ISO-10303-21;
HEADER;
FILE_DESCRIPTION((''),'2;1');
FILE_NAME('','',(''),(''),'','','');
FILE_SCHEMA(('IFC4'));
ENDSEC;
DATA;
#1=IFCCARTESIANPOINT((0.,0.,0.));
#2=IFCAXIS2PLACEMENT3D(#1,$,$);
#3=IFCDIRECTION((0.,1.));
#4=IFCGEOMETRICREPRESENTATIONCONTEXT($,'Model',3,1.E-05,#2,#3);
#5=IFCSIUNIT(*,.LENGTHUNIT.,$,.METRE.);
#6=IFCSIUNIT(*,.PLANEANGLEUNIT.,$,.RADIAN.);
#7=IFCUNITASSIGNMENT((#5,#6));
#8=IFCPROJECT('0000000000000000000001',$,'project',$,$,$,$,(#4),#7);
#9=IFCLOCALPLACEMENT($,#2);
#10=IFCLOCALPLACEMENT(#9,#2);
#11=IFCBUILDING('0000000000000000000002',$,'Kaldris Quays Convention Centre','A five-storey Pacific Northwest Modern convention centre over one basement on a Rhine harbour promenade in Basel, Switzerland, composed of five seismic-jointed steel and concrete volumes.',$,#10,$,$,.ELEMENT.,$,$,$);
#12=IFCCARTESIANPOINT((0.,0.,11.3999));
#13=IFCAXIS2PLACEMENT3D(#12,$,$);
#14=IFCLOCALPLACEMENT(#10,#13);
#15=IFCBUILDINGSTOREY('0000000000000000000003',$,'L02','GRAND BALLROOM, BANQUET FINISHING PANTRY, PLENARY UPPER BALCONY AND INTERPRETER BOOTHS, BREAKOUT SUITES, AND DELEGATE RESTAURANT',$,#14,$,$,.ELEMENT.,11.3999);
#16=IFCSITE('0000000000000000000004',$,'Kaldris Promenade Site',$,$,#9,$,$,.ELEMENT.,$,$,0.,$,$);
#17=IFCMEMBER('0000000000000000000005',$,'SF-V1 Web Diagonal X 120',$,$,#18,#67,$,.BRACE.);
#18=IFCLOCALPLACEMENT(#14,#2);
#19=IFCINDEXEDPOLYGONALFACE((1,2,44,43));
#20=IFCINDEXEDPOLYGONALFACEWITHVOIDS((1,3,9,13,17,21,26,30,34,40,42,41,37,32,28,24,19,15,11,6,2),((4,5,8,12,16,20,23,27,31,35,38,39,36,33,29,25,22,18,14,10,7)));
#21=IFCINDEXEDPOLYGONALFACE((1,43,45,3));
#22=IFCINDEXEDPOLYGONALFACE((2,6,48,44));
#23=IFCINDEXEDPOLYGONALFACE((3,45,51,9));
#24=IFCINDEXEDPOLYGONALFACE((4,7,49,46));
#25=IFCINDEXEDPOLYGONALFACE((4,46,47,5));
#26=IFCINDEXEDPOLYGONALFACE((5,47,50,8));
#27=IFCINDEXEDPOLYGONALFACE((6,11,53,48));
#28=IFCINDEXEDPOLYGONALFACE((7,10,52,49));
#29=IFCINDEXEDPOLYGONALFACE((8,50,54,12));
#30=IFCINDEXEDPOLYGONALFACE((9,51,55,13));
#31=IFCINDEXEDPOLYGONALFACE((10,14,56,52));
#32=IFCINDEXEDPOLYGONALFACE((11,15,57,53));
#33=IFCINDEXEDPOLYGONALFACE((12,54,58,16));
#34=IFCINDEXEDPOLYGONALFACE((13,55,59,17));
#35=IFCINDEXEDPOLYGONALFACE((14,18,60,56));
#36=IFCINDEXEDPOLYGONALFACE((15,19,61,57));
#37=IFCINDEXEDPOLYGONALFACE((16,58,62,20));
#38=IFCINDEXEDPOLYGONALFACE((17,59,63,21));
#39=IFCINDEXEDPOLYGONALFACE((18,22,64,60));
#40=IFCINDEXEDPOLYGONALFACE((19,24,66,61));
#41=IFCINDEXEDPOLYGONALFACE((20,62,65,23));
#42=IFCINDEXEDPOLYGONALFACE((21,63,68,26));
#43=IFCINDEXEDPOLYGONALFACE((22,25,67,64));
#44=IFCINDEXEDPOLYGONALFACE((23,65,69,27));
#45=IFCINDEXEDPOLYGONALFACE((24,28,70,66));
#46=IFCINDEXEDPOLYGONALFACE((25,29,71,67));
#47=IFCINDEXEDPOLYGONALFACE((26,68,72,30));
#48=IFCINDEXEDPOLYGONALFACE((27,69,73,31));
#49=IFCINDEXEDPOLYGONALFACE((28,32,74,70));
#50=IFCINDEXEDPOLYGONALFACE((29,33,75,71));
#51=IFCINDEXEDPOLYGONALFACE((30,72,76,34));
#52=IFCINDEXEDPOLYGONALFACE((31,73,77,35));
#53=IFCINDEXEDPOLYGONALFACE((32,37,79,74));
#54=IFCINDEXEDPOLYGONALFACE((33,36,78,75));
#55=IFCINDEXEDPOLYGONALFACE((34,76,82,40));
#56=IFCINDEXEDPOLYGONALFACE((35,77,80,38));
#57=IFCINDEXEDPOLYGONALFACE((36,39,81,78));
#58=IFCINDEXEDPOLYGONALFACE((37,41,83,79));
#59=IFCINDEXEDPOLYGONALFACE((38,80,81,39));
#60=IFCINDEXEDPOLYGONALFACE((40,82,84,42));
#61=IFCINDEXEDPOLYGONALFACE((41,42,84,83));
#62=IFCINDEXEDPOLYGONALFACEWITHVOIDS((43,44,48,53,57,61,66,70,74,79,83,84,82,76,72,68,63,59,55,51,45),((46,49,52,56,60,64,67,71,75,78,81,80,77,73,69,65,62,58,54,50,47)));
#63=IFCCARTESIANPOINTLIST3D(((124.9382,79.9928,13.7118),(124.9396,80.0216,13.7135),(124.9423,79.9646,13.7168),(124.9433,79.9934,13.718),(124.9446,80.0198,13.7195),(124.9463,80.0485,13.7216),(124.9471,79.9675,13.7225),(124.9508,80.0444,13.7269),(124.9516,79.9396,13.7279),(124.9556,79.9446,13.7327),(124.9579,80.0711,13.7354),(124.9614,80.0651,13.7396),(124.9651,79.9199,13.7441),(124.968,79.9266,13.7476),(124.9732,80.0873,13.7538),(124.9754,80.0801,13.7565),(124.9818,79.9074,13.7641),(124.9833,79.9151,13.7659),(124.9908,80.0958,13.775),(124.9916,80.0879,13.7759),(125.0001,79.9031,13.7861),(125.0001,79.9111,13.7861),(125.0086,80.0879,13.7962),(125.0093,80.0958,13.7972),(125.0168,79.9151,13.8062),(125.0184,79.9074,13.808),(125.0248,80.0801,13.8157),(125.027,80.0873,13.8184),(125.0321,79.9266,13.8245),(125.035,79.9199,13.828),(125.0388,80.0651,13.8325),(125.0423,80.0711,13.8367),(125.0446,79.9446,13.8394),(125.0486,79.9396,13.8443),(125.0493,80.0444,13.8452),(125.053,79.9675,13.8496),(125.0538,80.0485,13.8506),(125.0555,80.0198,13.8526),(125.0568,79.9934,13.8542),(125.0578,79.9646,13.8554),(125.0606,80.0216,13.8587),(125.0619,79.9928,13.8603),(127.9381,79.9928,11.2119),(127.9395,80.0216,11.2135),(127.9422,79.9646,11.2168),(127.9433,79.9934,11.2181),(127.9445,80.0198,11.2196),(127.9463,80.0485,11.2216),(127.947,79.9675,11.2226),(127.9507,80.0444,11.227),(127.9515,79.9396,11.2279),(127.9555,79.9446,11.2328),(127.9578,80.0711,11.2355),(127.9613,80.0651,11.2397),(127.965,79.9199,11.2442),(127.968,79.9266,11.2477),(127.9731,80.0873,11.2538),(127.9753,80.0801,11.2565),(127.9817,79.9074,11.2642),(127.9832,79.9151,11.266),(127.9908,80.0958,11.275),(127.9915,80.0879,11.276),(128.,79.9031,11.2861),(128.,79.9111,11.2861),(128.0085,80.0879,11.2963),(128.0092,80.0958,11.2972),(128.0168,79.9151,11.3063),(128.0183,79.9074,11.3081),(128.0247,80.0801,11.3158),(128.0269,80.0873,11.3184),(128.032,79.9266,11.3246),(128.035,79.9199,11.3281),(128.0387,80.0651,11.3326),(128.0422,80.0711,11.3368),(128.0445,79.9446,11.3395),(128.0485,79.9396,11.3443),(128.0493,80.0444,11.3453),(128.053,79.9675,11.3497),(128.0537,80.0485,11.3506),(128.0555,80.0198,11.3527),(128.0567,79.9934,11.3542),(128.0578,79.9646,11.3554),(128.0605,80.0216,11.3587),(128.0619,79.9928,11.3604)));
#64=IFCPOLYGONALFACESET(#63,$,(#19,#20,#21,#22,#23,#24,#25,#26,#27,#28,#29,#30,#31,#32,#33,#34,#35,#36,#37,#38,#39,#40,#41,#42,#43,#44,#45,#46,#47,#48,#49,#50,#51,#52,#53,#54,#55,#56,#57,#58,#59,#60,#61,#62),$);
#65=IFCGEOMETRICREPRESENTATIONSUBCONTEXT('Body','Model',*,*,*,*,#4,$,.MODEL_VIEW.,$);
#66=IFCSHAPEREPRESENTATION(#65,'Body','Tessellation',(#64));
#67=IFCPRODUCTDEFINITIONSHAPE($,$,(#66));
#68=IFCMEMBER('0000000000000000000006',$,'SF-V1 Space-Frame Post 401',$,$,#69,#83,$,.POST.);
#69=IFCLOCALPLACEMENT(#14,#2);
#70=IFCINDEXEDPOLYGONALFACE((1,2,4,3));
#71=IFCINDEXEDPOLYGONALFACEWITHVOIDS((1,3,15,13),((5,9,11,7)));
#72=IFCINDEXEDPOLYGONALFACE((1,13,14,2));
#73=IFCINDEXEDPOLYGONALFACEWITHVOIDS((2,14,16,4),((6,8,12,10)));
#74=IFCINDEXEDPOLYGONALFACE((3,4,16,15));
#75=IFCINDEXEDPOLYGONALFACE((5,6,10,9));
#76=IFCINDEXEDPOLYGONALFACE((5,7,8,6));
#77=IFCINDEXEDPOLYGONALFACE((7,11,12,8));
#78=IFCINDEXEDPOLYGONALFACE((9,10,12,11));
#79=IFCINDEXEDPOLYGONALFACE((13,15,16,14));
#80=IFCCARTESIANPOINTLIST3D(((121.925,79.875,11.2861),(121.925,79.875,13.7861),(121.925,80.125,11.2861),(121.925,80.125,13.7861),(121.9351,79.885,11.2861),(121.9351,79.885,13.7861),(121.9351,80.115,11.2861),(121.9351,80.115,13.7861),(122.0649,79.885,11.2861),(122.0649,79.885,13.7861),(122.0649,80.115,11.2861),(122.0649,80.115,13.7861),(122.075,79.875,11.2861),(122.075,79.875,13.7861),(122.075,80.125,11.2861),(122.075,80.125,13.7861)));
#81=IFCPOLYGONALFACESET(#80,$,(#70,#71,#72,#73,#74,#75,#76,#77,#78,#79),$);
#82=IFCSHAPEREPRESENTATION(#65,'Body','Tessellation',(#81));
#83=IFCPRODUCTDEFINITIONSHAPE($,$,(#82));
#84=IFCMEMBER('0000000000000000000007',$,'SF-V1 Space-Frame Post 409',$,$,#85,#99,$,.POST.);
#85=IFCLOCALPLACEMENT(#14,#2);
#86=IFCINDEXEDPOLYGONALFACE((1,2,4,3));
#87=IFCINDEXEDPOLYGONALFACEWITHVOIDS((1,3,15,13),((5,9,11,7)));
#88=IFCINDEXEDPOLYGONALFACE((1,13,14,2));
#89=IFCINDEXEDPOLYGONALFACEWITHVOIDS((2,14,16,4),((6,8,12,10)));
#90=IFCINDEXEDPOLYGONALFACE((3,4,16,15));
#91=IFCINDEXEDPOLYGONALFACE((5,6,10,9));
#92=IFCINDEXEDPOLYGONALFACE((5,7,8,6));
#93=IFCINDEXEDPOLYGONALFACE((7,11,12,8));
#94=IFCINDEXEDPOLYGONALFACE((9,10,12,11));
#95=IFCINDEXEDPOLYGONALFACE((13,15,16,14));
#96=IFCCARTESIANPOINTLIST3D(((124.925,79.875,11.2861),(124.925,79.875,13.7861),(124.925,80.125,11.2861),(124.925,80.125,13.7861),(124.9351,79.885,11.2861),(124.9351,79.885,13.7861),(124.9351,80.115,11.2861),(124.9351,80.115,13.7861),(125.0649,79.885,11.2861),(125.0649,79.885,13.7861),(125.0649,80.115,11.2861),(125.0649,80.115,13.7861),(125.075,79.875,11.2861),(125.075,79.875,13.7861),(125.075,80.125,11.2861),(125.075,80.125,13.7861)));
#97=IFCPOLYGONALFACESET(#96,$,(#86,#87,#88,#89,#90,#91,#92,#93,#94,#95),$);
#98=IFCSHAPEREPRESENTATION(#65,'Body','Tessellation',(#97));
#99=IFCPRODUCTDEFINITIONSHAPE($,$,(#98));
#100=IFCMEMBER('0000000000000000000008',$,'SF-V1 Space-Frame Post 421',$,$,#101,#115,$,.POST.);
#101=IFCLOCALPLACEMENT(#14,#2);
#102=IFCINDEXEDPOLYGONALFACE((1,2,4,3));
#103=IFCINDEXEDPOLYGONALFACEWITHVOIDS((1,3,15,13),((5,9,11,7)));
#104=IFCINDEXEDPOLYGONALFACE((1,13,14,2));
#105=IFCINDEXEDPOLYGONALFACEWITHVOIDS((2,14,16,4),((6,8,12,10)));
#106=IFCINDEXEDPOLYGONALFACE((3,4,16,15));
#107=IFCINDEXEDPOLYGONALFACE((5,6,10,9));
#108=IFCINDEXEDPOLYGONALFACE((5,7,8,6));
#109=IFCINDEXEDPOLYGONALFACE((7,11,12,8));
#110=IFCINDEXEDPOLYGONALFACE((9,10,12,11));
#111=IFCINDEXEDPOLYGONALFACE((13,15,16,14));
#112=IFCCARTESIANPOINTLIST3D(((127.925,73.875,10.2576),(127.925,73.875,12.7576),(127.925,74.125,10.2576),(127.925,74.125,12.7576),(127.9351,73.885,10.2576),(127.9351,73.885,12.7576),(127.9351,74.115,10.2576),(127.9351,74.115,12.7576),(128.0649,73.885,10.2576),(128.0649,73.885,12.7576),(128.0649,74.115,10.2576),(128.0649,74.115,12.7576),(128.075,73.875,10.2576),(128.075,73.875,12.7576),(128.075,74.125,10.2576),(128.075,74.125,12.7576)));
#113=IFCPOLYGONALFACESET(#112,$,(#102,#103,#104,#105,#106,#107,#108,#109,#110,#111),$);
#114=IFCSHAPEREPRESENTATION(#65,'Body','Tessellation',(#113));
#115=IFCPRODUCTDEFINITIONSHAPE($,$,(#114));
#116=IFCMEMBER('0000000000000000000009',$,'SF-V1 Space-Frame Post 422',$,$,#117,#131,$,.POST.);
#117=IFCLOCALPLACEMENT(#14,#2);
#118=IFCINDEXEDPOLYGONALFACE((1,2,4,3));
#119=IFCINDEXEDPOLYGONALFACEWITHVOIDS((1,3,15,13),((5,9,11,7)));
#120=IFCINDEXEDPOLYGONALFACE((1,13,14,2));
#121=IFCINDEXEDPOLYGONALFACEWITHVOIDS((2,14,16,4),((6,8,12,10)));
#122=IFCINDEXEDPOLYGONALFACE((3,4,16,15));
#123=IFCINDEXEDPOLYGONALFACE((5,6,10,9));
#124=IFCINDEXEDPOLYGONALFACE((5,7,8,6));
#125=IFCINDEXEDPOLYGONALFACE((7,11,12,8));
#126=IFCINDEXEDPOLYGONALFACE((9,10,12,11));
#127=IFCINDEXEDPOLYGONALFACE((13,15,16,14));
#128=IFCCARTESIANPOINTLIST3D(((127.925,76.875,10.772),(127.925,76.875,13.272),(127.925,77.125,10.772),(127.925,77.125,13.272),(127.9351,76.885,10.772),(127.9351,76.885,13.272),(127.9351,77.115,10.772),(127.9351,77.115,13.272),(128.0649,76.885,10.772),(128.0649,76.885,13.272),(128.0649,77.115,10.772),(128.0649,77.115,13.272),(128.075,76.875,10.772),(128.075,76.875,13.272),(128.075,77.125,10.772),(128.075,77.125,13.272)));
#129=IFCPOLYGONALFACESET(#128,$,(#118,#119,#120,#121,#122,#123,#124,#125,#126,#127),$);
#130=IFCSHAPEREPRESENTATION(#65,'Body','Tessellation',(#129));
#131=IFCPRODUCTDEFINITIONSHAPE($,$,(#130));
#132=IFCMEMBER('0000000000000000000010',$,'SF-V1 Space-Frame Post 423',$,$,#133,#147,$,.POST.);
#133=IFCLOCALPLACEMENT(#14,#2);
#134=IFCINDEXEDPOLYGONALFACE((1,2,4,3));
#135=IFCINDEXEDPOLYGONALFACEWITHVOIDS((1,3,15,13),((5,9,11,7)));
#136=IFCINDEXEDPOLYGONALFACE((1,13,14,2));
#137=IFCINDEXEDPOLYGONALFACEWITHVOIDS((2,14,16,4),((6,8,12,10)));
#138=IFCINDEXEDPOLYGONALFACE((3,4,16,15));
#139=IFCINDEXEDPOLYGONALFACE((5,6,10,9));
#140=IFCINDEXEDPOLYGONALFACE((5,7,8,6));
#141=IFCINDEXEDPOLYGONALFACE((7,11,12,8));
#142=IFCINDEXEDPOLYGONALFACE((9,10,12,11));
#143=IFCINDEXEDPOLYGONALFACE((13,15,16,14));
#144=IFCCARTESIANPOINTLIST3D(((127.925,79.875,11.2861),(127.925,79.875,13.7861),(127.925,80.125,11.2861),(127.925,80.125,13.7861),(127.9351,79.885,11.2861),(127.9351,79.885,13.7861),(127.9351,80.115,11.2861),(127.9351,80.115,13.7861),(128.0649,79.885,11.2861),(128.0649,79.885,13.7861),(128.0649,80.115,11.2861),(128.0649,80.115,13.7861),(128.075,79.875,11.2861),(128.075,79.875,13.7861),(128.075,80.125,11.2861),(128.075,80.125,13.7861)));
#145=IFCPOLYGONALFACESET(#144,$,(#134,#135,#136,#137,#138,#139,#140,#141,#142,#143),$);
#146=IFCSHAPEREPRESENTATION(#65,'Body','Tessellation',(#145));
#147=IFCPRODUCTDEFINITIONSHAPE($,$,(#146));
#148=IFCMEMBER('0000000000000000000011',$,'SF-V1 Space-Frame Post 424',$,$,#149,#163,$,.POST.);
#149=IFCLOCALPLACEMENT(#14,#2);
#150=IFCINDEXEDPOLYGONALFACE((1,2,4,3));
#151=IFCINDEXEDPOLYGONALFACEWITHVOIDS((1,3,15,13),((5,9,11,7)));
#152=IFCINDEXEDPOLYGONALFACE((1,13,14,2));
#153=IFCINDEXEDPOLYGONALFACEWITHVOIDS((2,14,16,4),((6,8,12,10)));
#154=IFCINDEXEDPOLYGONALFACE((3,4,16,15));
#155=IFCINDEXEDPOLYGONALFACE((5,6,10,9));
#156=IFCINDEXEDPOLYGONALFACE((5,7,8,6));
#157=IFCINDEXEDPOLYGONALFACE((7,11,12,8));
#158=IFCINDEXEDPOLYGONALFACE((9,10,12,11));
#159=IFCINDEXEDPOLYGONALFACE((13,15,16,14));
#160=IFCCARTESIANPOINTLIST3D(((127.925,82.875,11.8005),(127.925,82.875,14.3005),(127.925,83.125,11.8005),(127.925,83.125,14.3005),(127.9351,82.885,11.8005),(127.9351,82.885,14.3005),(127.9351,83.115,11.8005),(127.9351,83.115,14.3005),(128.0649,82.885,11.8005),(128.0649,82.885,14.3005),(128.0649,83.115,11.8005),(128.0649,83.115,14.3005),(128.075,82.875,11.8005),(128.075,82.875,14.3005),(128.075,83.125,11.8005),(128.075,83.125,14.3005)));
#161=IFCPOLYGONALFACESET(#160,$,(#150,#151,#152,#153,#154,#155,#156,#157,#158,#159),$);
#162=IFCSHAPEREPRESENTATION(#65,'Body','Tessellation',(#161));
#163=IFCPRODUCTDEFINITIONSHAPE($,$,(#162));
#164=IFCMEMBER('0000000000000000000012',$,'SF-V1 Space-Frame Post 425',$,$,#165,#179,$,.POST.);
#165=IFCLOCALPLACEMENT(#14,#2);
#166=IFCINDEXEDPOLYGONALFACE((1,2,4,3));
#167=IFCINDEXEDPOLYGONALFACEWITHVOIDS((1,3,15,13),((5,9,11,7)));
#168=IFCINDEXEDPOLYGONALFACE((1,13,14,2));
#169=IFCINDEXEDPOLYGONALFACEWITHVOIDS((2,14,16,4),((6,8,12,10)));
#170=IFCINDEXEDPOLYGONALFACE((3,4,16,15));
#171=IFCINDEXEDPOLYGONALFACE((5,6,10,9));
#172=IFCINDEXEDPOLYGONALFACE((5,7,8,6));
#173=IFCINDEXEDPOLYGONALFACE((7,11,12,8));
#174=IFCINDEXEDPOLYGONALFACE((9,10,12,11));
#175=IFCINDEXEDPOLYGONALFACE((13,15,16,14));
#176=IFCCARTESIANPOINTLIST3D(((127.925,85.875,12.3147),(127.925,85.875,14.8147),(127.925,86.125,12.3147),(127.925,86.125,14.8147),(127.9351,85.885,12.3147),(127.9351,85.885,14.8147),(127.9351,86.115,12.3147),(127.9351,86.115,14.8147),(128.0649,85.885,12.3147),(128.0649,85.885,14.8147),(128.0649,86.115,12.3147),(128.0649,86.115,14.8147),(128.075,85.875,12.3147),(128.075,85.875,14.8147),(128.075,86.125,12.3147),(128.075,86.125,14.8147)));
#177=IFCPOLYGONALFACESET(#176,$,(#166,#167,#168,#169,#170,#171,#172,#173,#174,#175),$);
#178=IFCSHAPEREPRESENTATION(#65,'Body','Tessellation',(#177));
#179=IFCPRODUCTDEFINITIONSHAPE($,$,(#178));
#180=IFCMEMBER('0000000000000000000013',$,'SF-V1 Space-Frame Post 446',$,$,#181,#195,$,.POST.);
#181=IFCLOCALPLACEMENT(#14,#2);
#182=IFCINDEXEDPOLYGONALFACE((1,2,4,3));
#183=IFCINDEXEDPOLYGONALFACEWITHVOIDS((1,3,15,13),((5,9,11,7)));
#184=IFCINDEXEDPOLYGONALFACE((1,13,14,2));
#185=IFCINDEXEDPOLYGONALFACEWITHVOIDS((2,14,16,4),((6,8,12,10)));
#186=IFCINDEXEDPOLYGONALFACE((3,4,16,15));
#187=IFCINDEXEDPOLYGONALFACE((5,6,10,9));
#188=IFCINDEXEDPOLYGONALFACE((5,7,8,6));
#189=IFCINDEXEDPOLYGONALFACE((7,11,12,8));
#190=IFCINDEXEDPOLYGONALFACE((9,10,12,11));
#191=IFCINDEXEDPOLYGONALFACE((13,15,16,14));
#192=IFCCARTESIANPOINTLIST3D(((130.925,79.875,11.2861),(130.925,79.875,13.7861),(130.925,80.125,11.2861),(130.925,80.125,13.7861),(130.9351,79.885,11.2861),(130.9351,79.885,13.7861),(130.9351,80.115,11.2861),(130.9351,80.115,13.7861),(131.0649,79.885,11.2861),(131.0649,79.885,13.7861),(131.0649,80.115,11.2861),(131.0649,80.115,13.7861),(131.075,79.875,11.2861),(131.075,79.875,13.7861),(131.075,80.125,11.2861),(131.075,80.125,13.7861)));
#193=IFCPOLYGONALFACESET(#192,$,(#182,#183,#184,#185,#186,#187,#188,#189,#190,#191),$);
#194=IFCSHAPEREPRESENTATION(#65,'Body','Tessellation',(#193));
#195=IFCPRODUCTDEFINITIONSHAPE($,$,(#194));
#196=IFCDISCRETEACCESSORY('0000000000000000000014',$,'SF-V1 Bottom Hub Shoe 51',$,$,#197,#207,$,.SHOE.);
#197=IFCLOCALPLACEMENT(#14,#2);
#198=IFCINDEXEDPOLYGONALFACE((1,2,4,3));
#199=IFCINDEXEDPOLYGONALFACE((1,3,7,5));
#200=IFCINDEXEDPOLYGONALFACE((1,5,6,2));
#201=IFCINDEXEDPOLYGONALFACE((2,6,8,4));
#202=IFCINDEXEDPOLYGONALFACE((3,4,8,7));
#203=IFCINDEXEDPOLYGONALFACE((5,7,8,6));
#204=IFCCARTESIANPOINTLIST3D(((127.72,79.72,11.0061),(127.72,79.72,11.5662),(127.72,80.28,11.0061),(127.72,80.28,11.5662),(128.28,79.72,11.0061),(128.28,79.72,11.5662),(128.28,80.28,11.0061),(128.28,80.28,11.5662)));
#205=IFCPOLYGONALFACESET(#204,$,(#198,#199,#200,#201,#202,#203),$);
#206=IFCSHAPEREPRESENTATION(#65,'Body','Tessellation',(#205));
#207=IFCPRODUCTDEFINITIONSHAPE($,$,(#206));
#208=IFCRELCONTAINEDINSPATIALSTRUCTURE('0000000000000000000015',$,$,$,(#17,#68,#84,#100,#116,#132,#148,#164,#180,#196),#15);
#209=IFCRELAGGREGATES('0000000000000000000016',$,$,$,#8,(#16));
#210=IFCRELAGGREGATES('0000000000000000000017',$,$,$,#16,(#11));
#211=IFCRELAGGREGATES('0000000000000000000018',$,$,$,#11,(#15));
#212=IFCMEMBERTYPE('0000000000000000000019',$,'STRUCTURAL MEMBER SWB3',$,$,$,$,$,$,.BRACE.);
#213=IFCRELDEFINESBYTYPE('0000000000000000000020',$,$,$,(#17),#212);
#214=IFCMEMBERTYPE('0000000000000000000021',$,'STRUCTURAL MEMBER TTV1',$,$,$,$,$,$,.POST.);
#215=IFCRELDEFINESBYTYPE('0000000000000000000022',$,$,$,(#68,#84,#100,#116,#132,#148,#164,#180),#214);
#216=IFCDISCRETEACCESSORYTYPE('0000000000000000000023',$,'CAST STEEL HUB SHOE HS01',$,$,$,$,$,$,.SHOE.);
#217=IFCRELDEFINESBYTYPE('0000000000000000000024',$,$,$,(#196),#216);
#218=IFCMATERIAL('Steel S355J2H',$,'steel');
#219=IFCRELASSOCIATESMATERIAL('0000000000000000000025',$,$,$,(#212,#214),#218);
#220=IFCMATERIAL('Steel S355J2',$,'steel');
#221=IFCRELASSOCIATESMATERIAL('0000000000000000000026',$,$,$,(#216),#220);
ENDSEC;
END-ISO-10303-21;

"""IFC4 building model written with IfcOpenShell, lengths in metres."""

from ifc_helpers import new_model, si_unit, direction, frame, origin, origin_2d, place, context, subcontext, project, spatial, rectangle, hollow_rectangle, hollow_circle, extrude, material, material_profile, profile_set, type_object, element, save


model = new_model("IFC4")

# Units and contexts
model_context = context("Model", 3, precision=1e-05, world=origin(), true_north=direction((0.0, 1.0)))
body_context = subcontext(model_context, "Body", "Model", "MODEL_VIEW")
ifc_project = project(units=[si_unit("LENGTHUNIT", "METRE"), si_unit("PLANEANGLEUNIT", "RADIAN")], contexts=[model_context])

# Site, building, storey
site_placement = place(None, origin())
site = spatial("IfcSite", under=ifc_project, at=site_placement, Name="Kaldris Promenade Site", CompositionType="ELEMENT", RefElevation=0.0)
building_placement = place(site_placement, origin())
building = spatial("IfcBuilding", under=site, at=building_placement, Name="Kaldris Quays Convention Centre", Description="A five-storey Pacific Northwest Modern convention centre over one basement on a Rhine harbour promenade in Basel, Switzerland, composed of five seismic-jointed steel and concrete volumes.", CompositionType="ELEMENT")
storey_placement = place(building_placement, frame((0.0, 0.0, 11.3999)))
storey = spatial("IfcBuildingStorey", under=building, at=storey_placement, Name="L02", Description="GRAND BALLROOM, BANQUET FINISHING PANTRY, PLENARY UPPER BALCONY AND INTERPRETER BOOTHS, BREAKOUT SUITES, AND DELEGATE RESTAURANT", CompositionType="ELEMENT", Elevation=11.3999)

# Members
ifc_material_1 = material(Name="Steel S355J2H", Category="steel")
ifc_material_profile_1 = material_profile(ifc_material_1, hollow_circle(Radius=0.0969, WallThickness=0.0081, at=origin_2d()), Name="CHS 193.7x8")
ifc_profile_set_1 = profile_set([ifc_material_profile_1], Name="Steel S355J2H")
member_type_1 = type_object("IfcMemberType", Name="STRUCTURAL MEMBER SWB3", PredefinedType="BRACE", material=ifc_profile_set_1)
member_1_placement = place(storey_placement, frame((128.0, 80.0, 11.2861), z_axis=(-0.768221, 0.0, 0.640184), x_axis=(0.0, -1.0, 0.0)))
element("IfcMember", 1, at=member_1_placement, inside=storey, type_object=member_type_1, Name="SF-V1 Web Diagonal X 120", PredefinedType="BRACE", context=body_context, shape_type="SweptSolid", body=[
    extrude(hollow_circle(Radius=0.0969, WallThickness=0.0081, at=origin_2d()), origin(), (0.0, 0.0, 1.0), 3.905),
])
ifc_material_profile_2 = material_profile(ifc_material_1, hollow_rectangle(XDim=0.1499, YDim=0.25, WallThickness=0.01, at=origin_2d()), Name="RHS 250x150x10")
ifc_profile_set_2 = profile_set([ifc_material_profile_2], Name="Steel S355J2H")
member_type_2 = type_object("IfcMemberType", Name="STRUCTURAL MEMBER TTV1", PredefinedType="POST", material=ifc_profile_set_2)
for number, where, z_axis, x_axis, name in (
    (2, (122.0, 80.0, 11.2861), (0.0, 0.0, 1.0), (1.0, 0.0, 0.0), "SF-V1 Space-Frame Post 401"),
    (3, (125.0, 80.0, 11.2861), (0.0, 0.0, 1.0), (1.0, 0.0, 0.0), "SF-V1 Space-Frame Post 409"),
    (4, (128.0, 74.0, 10.2576), (0.0, 0.0, 1.0), (1.0, 0.0, 0.0), "SF-V1 Space-Frame Post 421"),
    (5, (128.0, 77.0, 10.772), (0.0, 0.0, 1.0), (1.0, 0.0, 0.0), "SF-V1 Space-Frame Post 422"),
    (6, (128.0, 80.0, 11.2861), (0.0, 0.0, 1.0), (1.0, 0.0, 0.0), "SF-V1 Space-Frame Post 423"),
    (7, (128.0, 83.0, 11.8005), (0.0, 0.0, 1.0), (1.0, 0.0, 0.0), "SF-V1 Space-Frame Post 424"),
    (8, (128.0, 86.0, 12.3147), (0.0, 0.0, 1.0), (1.0, 0.0, 0.0), "SF-V1 Space-Frame Post 425"),
    (9, (131.0, 80.0, 11.2861), (0.0, 0.0, 1.0), (1.0, 0.0, 0.0), "SF-V1 Space-Frame Post 446"),
):
    element("IfcMember", number, at=place(storey_placement, frame(where, z_axis=z_axis, x_axis=x_axis)), inside=storey, type_object=member_type_2, Name=name, PredefinedType="POST", context=body_context, shape_type="SweptSolid", body=[
        extrude(hollow_rectangle(XDim=0.1499, YDim=0.25, WallThickness=0.01, at=origin_2d()), origin(), (0.0, 0.0, 1.0), 2.5),
    ])

# Discrete accessory
ifc_material_2 = material(Name="Steel S355J2", Category="steel")
discrete_accessory_type = type_object("IfcDiscreteAccessoryType", Name="CAST STEEL HUB SHOE HS01", PredefinedType="SHOE", material=ifc_material_2)
discrete_accessory_placement = place(storey_placement, frame((128.0, 80.0, 11.0061), z_axis=(0.0, 0.0, 1.0), x_axis=(1.0, 0.0, 0.0)))
element("IfcDiscreteAccessory", 10, at=discrete_accessory_placement, inside=storey, type_object=discrete_accessory_type, Name="SF-V1 Bottom Hub Shoe 51", PredefinedType="SHOE", context=body_context, shape_type="SweptSolid", body=[
    extrude(rectangle(XDim=0.5601, YDim=0.5601, at=origin_2d()), origin(), (0.0, 0.0, 1.0), 0.5601),
])

save(model, "model.ifc")
